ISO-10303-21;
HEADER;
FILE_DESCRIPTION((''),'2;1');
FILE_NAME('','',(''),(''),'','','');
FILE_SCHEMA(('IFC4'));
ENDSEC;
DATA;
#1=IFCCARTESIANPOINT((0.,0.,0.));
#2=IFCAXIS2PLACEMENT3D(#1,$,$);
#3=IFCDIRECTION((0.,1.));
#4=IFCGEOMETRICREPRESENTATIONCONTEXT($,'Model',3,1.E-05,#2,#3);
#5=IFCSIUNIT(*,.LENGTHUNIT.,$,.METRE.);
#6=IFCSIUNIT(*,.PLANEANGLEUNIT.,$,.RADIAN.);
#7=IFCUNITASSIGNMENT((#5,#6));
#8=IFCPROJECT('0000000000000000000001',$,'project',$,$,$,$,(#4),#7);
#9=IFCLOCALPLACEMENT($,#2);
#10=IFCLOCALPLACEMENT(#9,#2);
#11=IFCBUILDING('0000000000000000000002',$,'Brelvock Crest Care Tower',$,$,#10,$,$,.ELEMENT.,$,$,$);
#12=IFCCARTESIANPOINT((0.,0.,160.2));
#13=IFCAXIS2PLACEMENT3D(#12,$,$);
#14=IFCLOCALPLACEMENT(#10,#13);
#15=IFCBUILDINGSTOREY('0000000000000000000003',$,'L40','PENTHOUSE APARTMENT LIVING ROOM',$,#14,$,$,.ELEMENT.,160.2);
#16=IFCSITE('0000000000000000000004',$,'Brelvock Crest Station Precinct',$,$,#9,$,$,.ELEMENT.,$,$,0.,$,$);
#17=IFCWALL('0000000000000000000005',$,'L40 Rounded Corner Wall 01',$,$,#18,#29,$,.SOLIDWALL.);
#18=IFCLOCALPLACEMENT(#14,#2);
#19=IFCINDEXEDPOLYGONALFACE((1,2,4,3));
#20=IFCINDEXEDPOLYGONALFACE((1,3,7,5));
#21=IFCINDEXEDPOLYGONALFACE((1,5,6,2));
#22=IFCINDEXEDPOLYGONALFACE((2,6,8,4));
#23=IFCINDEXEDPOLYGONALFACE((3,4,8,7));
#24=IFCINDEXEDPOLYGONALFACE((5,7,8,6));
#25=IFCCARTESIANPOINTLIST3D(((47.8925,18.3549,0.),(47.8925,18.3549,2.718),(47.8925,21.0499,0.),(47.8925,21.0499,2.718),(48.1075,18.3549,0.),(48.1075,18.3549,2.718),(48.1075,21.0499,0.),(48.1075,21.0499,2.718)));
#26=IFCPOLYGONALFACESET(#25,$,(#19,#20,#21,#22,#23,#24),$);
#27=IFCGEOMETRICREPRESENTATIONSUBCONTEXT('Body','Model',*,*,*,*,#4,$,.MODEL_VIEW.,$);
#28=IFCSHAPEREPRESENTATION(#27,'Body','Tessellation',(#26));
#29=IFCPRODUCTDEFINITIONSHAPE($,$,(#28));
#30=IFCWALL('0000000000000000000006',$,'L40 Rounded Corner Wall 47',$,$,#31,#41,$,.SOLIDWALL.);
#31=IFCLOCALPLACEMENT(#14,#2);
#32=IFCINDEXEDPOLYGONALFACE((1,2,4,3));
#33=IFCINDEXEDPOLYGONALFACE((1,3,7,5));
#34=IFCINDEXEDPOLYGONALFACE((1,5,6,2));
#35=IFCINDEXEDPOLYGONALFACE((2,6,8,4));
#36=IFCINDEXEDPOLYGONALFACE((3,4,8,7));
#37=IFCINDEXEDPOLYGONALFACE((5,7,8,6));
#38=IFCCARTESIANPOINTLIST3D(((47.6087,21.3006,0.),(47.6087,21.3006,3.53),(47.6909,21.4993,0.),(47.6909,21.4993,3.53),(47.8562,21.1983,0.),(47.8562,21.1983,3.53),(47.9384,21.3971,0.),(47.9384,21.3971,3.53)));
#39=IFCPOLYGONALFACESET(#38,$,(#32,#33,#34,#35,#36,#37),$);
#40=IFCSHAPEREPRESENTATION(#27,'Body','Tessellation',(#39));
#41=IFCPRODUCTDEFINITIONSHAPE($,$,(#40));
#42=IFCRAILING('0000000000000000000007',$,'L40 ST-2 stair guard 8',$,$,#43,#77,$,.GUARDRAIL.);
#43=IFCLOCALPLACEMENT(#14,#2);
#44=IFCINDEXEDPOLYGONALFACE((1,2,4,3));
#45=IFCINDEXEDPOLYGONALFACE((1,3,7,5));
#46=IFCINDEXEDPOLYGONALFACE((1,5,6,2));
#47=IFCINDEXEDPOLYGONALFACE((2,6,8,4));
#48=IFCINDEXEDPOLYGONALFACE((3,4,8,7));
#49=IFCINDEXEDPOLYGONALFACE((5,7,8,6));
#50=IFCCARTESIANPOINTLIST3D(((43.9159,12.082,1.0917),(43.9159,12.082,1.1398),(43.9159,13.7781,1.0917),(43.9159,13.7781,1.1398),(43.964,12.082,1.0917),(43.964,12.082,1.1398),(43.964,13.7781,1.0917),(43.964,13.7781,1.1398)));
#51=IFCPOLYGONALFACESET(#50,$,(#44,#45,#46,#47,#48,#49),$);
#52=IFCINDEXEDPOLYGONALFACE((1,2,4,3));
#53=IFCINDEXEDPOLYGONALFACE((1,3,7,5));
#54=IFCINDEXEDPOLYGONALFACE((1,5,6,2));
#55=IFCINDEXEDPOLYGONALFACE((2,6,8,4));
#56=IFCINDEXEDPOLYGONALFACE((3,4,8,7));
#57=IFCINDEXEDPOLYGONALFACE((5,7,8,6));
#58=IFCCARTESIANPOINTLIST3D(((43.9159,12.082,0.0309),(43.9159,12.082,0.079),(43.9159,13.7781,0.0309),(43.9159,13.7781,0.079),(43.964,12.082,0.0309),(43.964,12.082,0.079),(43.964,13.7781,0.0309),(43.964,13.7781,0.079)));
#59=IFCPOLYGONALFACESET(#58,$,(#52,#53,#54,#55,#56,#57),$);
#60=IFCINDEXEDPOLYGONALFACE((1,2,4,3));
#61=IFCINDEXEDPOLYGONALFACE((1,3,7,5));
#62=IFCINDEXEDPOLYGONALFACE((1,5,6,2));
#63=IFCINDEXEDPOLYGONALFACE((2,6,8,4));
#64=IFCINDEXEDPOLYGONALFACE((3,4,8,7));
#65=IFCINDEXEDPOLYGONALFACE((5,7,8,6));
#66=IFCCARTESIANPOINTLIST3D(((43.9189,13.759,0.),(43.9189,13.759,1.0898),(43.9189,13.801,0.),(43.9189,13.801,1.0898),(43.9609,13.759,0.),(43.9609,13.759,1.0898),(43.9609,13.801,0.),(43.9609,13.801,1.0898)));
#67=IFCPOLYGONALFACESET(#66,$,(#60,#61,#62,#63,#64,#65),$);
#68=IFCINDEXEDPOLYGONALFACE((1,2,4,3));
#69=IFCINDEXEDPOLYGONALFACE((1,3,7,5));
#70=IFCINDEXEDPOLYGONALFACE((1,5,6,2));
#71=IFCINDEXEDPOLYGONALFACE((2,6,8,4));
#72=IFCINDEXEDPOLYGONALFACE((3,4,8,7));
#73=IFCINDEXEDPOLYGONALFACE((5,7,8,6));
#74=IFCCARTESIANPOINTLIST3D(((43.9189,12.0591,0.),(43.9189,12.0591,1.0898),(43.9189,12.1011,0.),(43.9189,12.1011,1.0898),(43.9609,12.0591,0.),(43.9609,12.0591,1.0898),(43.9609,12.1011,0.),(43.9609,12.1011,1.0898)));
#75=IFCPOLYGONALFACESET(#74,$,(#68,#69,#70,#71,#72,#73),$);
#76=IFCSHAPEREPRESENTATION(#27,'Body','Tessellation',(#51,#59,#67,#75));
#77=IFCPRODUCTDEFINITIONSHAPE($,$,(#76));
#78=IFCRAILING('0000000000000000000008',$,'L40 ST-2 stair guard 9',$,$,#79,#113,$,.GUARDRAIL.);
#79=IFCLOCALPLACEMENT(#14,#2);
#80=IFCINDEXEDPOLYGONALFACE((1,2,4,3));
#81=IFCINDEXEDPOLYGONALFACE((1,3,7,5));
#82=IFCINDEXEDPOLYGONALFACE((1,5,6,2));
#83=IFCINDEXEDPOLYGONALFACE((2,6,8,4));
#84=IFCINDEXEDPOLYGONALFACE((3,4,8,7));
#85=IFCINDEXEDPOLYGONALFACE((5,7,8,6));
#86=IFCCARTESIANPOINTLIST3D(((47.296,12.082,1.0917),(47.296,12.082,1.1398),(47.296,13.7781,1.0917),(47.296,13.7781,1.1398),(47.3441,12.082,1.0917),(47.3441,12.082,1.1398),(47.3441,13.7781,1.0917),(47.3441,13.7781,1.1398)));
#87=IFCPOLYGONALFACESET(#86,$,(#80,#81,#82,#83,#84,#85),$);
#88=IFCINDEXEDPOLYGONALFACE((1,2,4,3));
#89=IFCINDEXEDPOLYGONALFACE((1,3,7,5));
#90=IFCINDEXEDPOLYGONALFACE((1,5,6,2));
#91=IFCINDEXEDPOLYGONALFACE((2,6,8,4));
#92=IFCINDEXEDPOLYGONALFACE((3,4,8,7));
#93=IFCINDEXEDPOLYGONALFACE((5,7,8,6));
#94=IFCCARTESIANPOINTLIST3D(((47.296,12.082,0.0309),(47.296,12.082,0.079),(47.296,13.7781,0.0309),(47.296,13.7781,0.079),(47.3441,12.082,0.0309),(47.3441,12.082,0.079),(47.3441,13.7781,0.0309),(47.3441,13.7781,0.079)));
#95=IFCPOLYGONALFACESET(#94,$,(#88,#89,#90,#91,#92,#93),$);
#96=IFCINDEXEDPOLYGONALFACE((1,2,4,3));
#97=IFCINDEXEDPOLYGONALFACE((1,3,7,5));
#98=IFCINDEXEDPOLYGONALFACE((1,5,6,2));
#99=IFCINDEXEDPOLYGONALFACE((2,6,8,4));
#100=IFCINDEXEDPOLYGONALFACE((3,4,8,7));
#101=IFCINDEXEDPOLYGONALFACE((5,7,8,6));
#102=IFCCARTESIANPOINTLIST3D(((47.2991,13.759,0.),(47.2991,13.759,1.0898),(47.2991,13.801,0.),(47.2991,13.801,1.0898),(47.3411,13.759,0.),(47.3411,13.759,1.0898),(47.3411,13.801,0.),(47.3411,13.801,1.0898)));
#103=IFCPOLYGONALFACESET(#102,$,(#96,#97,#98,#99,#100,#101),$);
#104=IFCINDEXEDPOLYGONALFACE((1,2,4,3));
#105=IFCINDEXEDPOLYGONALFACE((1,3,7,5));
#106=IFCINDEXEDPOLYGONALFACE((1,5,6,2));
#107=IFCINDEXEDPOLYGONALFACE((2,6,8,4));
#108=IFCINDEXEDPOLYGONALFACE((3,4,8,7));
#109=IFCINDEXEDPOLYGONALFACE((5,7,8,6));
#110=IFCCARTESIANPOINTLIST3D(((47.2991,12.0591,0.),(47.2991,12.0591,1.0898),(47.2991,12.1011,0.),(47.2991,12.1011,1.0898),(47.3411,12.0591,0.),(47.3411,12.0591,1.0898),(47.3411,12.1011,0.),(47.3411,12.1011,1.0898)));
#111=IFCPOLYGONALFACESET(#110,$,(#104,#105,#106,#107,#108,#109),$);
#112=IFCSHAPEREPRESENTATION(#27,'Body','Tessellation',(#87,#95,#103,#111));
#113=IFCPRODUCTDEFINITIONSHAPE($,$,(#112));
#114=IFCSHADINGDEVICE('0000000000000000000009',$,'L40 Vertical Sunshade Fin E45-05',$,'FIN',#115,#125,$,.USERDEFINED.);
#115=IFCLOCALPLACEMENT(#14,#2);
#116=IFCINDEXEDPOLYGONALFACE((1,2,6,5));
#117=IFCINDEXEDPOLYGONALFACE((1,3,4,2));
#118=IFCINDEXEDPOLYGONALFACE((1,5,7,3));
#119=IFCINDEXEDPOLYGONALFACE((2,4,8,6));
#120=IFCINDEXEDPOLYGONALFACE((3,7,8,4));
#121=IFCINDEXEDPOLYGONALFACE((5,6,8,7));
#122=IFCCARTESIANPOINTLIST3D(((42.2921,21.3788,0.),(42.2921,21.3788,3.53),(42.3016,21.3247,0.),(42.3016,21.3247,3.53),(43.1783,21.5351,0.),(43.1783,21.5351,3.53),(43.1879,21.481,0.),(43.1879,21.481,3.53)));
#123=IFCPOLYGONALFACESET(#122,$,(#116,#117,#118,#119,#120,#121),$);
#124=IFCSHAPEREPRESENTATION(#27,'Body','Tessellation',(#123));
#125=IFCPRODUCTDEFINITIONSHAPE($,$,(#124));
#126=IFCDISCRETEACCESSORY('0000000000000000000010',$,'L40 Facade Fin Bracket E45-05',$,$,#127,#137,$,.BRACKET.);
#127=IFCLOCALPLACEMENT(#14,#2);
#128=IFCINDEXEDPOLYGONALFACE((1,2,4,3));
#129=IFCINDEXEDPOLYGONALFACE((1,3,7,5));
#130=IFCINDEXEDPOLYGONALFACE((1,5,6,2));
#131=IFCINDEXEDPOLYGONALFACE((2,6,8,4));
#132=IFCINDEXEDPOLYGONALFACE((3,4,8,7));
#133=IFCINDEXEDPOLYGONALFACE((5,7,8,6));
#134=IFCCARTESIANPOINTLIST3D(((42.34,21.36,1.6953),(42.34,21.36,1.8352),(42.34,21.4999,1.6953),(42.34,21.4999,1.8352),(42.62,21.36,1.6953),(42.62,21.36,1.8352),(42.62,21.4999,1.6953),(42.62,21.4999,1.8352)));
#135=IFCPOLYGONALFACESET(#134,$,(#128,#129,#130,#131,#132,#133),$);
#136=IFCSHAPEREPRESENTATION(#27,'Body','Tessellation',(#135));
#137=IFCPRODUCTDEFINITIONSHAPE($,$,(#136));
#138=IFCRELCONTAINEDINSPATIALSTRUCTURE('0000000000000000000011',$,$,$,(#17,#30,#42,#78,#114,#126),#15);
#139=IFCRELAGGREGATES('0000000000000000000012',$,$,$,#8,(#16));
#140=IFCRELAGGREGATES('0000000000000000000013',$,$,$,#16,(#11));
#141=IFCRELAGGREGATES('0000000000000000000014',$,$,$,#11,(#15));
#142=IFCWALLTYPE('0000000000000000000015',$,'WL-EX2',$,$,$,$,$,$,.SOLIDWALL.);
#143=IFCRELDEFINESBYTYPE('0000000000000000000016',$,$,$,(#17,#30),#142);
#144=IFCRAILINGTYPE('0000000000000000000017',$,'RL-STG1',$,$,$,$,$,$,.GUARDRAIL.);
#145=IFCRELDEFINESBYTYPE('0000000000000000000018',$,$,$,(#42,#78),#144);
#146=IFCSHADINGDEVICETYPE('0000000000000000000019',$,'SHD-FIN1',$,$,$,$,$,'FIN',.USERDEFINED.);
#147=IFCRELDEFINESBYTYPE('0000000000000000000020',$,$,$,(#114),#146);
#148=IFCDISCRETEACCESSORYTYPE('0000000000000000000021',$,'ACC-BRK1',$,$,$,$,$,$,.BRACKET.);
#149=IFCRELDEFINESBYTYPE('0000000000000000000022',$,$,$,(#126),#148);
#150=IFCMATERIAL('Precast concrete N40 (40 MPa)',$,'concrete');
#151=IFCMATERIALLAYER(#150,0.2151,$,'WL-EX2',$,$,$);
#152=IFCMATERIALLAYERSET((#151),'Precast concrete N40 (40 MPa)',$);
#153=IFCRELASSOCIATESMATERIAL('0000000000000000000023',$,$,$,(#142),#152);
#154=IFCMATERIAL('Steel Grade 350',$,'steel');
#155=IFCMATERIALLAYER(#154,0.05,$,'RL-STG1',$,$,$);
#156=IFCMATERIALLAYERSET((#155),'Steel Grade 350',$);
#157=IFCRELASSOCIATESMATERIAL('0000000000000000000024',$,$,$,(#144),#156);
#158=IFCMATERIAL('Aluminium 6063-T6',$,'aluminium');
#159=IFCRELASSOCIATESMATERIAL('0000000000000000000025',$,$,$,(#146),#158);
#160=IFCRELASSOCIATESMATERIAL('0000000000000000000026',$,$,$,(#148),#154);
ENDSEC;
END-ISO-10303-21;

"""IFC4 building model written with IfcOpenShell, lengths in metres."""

from ifc_helpers import new_model, si_unit, direction, frame, frame_2d, origin, origin_2d, place, context, subcontext, project, spatial, rectangle, extrude, source, transform, mapped, material, layer, layer_set, material_profile, profile_set, type_object, element, save


model = new_model("IFC4")

# Units and contexts
model_context = context("Model", 3, precision=1e-05, world=origin(), true_north=direction((0.0, 1.0)))
body_context = subcontext(model_context, "Body", "Model", "MODEL_VIEW")
ifc_project = project(units=[si_unit("LENGTHUNIT", "METRE"), si_unit("PLANEANGLEUNIT", "RADIAN")], contexts=[model_context])

# Site, building, storey
site_placement = place(None, origin())
site = spatial("IfcSite", under=ifc_project, at=site_placement, Name="Brelvock Crest Station Precinct", CompositionType="ELEMENT", RefElevation=0.0)
building_placement = place(site_placement, origin())
building = spatial("IfcBuilding", under=site, at=building_placement, Name="Brelvock Crest Care Tower", CompositionType="ELEMENT")
storey_placement = place(building_placement, frame((0.0, 0.0, 160.2)))
storey = spatial("IfcBuildingStorey", under=building, at=storey_placement, Name="L40", Description="PENTHOUSE APARTMENT LIVING ROOM", CompositionType="ELEMENT", Elevation=160.2)

# Shared definitions
ifc_material_1 = material(Name="Steel Grade 350", Category="steel")

# Shared definitions
ifc_material_2 = material(Name="Aluminium 6063-T6", Category="aluminium")

# Walls
ifc_material_3 = material(Name="Precast concrete N40 (40 MPa)", Category="concrete")
ifc_layer_1 = layer(ifc_material_3, 0.2151, Name="WL-EX2")
ifc_layer_set_1 = layer_set([ifc_layer_1], Name="Precast concrete N40 (40 MPa)")
wall_type_1 = type_object("IfcWallType", Name="WL-EX2", PredefinedType="SOLIDWALL", material=ifc_layer_set_1)
wall_1_placement = place(storey_placement, frame((48.0, 21.05, 0.0), z_axis=(0.0, 0.0, 1.0), x_axis=(0.0, -1.0, 0.0)))
element("IfcWall", 1, at=wall_1_placement, inside=storey, type_object=wall_type_1, Name="L40 Rounded Corner Wall 01", PredefinedType="SOLIDWALL", context=body_context, shape_type="SweptSolid", body=[
    extrude(rectangle(XDim=2.6951, YDim=0.2151, at=frame_2d((1.3477, 0.0))), origin(), (0.0, 0.0, 1.0), 2.718),
])
wall_2_placement = place(storey_placement, frame((47.6499, 21.3999, 0.0), z_axis=(0.0, 0.0, 1.0), x_axis=(0.924205, -0.381896, 0.0)))
element("IfcWall", 2, at=wall_2_placement, inside=storey, type_object=wall_type_1, Name="L40 Rounded Corner Wall 47", PredefinedType="SOLIDWALL", context=body_context, shape_type="SweptSolid", body=[
    extrude(rectangle(XDim=0.2678, YDim=0.2151, at=frame_2d((0.1338, 0.0))), origin(), (0.0, 0.0, 1.0), 3.53),
])

# Railings
ifc_layer_2 = layer(ifc_material_1, 0.05, Name="RL-STG1")
ifc_layer_set_2 = layer_set([ifc_layer_2], Name="Steel Grade 350")
railing_type = type_object("IfcRailingType", Name="RL-STG1", PredefinedType="GUARDRAIL", material=ifc_layer_set_2)
for number, where, name in (
    (3, (43.9399, 13.78, 0.0), "L40 ST-2 stair guard 8"),
    (4, (47.3201, 13.78, 0.0), "L40 ST-2 stair guard 9"),
):
    element("IfcRailing", number, at=place(storey_placement, frame(where)), inside=storey, type_object=railing_type, Name=name, PredefinedType="GUARDRAIL", context=body_context, shape_type="SweptSolid", body=[
        extrude(rectangle(XDim=0.0481, YDim=0.0481, at=origin_2d()), frame((0.0, -0.002, 1.1157), z_axis=(0.0, -1.0, 0.0), x_axis=(1.0, 0.0, 0.0)), (0.0, 0.0, 1.0), 1.696),
        extrude(rectangle(XDim=0.0481, YDim=0.0481, at=origin_2d()), frame((0.0, -0.002, 0.0549), z_axis=(0.0, -1.0, 0.0), x_axis=(1.0, 0.0, 0.0)), (0.0, 0.0, 1.0), 1.696),
        extrude(rectangle(XDim=0.042, YDim=0.042, at=origin_2d()), origin(), (0.0, 0.0, 1.0), 1.0898),
        extrude(rectangle(XDim=0.042, YDim=0.042, at=origin_2d()), frame((0.0, -1.7, 0.0)), (0.0, 0.0, 1.0), 1.0898),
    ])

# Shading device
ifc_material_profile_1 = material_profile(ifc_material_2, rectangle(XDim=0.0549, YDim=0.8999, at=origin_2d()), Name="FIN55x900")
ifc_profile_set_1 = profile_set([ifc_material_profile_1], Name="Aluminium 6063-T6")
shading_device_type = type_object("IfcShadingDeviceType", Name="SHD-FIN1", ElementType="FIN", PredefinedType="USERDEFINED", material=ifc_profile_set_1)
shared_shape_1 = source(origin(), body_context, "Body", "SweptSolid", [
    extrude(rectangle(XDim=0.0549, YDim=0.8999, at=origin_2d()), origin(), (0.0, 0.0, 1.0), 3.53),
])
shading_device_placement = place(storey_placement, frame((42.74, 21.4299, 0.0), z_axis=(0.0, 0.0, 1.0), x_axis=(0.173648, -0.984808, 0.0)))
element("IfcShadingDevice", 5, at=shading_device_placement, inside=storey, type_object=shading_device_type, Name="L40 Vertical Sunshade Fin E45-05", ObjectType="FIN", PredefinedType="USERDEFINED", context=body_context, shape_type="MappedRepresentation", body=[
    mapped(shared_shape_1, transform((0.0, 0.0, 0.0), x_axis=(1.0, 0.0, 0.0), y_axis=(0.0, 1.0, 0.0), z_axis=(0.0, 0.0, 1.0), scale=1.0)),
])

# Discrete accessory
discrete_accessory_type = type_object("IfcDiscreteAccessoryType", Name="ACC-BRK1", PredefinedType="BRACKET", material=ifc_material_1)
shared_shape_2 = source(origin(), body_context, "Body", "SweptSolid", [
    extrude(rectangle(XDim=0.28, YDim=0.1399, at=origin_2d()), origin(), (0.0, 0.0, 1.0), 0.1399),
])
discrete_accessory_placement = place(storey_placement, frame((42.48, 21.4299, 1.6953), z_axis=(0.0, 0.0, 1.0), x_axis=(1.0, 0.0, 0.0)))
element("IfcDiscreteAccessory", 6, at=discrete_accessory_placement, inside=storey, type_object=discrete_accessory_type, Name="L40 Facade Fin Bracket E45-05", PredefinedType="BRACKET", context=body_context, shape_type="MappedRepresentation", body=[
    mapped(shared_shape_2, transform((0.0, 0.0, 0.0), x_axis=(1.0, 0.0, 0.0), y_axis=(0.0, 1.0, 0.0), z_axis=(0.0, 0.0, 1.0), scale=1.0)),
])

save(model, "model.ifc")
